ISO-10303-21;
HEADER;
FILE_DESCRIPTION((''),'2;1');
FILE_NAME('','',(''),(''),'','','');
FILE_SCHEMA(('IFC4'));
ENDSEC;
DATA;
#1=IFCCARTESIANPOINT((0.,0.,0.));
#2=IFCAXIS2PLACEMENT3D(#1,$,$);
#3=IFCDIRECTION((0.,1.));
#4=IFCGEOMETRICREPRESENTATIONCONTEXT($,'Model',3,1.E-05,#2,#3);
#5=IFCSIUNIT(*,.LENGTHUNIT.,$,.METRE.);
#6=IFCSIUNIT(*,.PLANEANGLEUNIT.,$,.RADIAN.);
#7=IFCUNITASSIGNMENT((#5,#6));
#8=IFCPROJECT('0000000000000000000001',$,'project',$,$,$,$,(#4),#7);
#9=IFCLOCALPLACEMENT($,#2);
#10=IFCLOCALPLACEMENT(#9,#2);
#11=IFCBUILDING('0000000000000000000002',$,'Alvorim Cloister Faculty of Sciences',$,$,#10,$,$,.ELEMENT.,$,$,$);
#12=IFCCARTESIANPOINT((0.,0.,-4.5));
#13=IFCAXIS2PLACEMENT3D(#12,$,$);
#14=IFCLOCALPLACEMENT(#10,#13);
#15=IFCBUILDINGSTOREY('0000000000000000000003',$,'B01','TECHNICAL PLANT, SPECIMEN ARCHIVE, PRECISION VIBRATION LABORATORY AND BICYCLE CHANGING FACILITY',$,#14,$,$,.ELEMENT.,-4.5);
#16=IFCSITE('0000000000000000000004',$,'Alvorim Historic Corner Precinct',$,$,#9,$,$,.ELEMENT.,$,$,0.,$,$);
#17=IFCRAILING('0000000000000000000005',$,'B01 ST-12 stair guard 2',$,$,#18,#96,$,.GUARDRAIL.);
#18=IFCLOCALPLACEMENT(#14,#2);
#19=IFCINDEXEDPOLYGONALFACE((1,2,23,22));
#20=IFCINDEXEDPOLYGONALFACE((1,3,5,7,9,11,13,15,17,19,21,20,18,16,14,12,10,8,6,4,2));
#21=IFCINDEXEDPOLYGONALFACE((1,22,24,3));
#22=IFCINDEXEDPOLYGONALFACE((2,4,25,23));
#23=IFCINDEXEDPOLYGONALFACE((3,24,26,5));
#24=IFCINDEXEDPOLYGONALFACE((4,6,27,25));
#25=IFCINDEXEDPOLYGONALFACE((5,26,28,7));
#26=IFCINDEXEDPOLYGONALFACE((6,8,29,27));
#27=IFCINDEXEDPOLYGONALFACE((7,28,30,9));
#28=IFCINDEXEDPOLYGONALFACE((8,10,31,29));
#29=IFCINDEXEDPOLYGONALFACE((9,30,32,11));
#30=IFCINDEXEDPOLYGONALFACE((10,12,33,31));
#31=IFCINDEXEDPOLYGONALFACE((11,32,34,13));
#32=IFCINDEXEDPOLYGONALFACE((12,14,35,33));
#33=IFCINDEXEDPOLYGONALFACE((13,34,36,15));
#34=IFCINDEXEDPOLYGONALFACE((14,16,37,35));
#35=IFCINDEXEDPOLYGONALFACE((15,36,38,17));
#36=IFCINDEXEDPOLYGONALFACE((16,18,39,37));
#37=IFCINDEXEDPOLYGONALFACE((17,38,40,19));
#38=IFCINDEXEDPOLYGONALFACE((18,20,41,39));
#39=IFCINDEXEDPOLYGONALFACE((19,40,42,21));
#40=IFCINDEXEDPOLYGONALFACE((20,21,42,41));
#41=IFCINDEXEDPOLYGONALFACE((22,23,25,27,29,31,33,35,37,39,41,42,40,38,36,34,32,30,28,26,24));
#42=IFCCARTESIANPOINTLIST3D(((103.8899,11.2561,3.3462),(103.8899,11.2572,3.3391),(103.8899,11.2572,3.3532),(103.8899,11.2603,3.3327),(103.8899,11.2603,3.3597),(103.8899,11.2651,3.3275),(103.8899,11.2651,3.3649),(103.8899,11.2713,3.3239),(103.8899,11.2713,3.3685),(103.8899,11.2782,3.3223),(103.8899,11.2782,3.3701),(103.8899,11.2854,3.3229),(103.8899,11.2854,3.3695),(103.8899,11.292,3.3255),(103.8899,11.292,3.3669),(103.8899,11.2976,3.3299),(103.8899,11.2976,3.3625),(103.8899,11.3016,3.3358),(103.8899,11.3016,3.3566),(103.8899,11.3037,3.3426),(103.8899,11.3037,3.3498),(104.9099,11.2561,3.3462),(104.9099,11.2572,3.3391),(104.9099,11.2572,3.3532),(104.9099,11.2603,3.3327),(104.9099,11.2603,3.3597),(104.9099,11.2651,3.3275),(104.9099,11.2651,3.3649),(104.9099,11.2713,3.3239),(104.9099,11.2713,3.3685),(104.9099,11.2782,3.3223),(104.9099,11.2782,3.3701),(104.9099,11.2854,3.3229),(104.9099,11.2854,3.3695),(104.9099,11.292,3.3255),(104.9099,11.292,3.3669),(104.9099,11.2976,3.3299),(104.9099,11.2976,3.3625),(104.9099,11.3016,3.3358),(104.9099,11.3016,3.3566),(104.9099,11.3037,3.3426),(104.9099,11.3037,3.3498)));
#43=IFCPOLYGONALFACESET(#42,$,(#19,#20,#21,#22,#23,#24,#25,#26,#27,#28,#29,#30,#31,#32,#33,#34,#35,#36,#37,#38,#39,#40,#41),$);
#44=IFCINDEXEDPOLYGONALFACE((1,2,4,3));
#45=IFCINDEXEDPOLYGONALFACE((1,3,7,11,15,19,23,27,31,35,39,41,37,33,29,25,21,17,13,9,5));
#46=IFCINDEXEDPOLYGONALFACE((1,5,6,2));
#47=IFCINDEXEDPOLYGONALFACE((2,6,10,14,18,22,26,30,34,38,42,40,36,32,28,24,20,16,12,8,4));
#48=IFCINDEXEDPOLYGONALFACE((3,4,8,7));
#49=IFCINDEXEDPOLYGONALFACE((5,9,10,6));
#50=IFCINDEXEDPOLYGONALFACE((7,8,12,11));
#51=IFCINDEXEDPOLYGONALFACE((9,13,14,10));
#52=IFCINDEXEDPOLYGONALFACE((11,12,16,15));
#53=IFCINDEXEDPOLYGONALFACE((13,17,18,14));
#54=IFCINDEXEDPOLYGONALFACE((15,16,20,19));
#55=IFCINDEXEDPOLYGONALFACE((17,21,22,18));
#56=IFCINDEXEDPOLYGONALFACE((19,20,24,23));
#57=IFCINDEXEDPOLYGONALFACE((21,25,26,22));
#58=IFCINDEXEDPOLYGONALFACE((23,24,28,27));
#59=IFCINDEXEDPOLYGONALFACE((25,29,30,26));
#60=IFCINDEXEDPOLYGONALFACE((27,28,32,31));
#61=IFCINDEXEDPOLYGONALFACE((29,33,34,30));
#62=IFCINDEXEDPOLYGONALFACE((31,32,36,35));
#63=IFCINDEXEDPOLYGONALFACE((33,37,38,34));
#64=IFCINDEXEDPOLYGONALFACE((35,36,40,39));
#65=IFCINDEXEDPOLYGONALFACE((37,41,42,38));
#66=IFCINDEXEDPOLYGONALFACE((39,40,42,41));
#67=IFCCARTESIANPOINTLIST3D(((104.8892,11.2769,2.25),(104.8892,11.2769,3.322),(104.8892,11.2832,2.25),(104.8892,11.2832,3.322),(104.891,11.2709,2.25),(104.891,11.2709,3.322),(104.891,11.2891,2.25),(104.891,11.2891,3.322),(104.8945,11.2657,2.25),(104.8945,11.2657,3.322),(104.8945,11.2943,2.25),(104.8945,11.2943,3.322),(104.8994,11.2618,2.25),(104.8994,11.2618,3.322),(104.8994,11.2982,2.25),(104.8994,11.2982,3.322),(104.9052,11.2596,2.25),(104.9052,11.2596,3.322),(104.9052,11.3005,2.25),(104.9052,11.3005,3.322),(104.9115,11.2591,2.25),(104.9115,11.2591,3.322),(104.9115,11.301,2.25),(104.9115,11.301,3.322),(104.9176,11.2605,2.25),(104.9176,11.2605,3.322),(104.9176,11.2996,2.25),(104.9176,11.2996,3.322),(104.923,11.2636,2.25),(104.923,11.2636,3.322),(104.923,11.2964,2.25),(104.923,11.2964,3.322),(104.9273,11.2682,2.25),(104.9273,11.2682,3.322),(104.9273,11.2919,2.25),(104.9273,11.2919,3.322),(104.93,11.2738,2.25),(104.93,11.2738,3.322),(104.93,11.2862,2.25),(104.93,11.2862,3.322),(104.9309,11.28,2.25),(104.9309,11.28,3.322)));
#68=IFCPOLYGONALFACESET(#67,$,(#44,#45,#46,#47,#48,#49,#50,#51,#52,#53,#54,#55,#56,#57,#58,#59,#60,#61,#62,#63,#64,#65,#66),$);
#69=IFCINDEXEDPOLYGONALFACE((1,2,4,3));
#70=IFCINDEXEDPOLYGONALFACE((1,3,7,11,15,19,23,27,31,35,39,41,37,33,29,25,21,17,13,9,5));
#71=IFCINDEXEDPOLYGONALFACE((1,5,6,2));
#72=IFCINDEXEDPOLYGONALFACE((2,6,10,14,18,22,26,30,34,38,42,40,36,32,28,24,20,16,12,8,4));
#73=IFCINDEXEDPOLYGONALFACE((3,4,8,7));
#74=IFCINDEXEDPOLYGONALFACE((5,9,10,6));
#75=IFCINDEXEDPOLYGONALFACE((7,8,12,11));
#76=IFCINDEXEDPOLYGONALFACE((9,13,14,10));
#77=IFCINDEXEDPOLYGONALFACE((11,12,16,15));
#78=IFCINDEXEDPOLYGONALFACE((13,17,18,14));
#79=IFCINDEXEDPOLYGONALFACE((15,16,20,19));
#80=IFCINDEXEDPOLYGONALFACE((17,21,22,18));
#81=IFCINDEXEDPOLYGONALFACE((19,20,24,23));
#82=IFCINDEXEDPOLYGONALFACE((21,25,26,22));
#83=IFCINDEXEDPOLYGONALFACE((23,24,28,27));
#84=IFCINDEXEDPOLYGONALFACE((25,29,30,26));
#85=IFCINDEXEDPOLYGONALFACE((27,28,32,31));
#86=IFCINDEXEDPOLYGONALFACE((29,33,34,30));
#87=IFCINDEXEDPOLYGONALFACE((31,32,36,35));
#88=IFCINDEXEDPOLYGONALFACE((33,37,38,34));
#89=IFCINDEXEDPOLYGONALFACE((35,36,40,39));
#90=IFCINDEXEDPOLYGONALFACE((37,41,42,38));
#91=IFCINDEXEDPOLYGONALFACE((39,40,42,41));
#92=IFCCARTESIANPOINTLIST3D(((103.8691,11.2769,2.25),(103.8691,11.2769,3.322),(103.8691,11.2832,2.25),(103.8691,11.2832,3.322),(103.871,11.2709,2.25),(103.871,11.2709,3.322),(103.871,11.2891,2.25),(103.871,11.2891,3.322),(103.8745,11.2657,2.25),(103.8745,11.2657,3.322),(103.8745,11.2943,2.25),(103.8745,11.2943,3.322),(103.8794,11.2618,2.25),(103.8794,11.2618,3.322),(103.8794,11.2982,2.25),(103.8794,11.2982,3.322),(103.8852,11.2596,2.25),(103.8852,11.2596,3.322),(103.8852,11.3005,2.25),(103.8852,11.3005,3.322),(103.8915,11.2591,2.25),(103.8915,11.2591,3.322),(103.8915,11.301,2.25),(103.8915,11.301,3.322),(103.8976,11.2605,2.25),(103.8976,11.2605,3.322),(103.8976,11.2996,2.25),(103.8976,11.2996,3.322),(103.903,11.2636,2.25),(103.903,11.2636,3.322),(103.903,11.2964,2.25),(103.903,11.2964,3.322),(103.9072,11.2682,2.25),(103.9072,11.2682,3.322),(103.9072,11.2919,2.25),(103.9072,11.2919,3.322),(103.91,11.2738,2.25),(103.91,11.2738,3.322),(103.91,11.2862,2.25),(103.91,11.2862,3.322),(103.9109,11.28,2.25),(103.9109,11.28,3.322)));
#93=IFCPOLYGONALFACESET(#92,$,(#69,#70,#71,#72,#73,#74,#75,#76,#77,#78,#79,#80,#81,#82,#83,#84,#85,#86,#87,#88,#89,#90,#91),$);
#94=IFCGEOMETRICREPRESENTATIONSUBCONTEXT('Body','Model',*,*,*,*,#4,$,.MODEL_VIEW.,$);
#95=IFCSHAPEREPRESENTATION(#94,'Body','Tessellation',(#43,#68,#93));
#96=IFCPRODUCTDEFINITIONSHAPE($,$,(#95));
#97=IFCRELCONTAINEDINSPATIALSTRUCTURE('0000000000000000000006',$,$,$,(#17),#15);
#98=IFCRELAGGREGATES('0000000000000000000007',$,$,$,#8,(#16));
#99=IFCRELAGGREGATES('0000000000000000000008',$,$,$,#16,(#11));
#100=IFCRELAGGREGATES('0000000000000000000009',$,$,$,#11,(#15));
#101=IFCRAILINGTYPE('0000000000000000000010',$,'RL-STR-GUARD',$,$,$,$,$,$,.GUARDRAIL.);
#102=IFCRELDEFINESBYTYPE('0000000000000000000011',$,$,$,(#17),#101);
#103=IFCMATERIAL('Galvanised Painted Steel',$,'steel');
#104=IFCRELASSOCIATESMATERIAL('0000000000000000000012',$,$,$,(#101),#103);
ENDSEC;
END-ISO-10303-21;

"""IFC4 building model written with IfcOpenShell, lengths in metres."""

from ifc_helpers import new_model, si_unit, direction, frame, origin, origin_2d, place, context, subcontext, project, spatial, circle, extrude, material, type_object, element, save


model = new_model("IFC4")

# Units and contexts
model_context = context("Model", 3, precision=1e-05, world=origin(), true_north=direction((0.0, 1.0)))
body_context = subcontext(model_context, "Body", "Model", "MODEL_VIEW")
ifc_project = project(units=[si_unit("LENGTHUNIT", "METRE"), si_unit("PLANEANGLEUNIT", "RADIAN")], contexts=[model_context])

# Site, building, storey
site_placement = place(None, origin())
site = spatial("IfcSite", under=ifc_project, at=site_placement, Name="Alvorim Historic Corner Precinct", CompositionType="ELEMENT", RefElevation=0.0)
building_placement = place(site_placement, origin())
building = spatial("IfcBuilding", under=site, at=building_placement, Name="Alvorim Cloister Faculty of Sciences", CompositionType="ELEMENT")
storey_placement = place(building_placement, frame((0.0, 0.0, -4.5)))
storey = spatial("IfcBuildingStorey", under=building, at=storey_placement, Name="B01", Description="TECHNICAL PLANT, SPECIMEN ARCHIVE, PRECISION VIBRATION LABORATORY AND BICYCLE CHANGING FACILITY", CompositionType="ELEMENT", Elevation=-4.5)

# Railing
ifc_material_1 = material(Name="Galvanised Painted Steel", Category="steel")
railing_type_1 = type_object("IfcRailingType", Name="RL-STR-GUARD", PredefinedType="GUARDRAIL", material=ifc_material_1)
railing_1_placement = place(storey_placement, frame((104.9099, 11.28, 2.25)))
element("IfcRailing", 1, at=railing_1_placement, inside=storey, type_object=railing_type_1, Name="B01 ST-12 stair guard 2", PredefinedType="GUARDRAIL", context=body_context, shape_type="SweptSolid", body=[
    extrude(circle(Radius=0.0239, at=origin_2d()), frame((0.0, 0.0, 1.0962), z_axis=(-1.0, 0.0, 0.0), x_axis=(0.0, -1.0, 0.0)), (0.0, 0.0, 1.0), 1.02),
    extrude(circle(Radius=0.021, at=origin_2d()), origin(), (0.0, 0.0, 1.0), 1.072),
    extrude(circle(Radius=0.021, at=origin_2d()), frame((-1.02, 0.0, 0.0)), (0.0, 0.0, 1.0), 1.072),
])

save(model, "model.ifc")
